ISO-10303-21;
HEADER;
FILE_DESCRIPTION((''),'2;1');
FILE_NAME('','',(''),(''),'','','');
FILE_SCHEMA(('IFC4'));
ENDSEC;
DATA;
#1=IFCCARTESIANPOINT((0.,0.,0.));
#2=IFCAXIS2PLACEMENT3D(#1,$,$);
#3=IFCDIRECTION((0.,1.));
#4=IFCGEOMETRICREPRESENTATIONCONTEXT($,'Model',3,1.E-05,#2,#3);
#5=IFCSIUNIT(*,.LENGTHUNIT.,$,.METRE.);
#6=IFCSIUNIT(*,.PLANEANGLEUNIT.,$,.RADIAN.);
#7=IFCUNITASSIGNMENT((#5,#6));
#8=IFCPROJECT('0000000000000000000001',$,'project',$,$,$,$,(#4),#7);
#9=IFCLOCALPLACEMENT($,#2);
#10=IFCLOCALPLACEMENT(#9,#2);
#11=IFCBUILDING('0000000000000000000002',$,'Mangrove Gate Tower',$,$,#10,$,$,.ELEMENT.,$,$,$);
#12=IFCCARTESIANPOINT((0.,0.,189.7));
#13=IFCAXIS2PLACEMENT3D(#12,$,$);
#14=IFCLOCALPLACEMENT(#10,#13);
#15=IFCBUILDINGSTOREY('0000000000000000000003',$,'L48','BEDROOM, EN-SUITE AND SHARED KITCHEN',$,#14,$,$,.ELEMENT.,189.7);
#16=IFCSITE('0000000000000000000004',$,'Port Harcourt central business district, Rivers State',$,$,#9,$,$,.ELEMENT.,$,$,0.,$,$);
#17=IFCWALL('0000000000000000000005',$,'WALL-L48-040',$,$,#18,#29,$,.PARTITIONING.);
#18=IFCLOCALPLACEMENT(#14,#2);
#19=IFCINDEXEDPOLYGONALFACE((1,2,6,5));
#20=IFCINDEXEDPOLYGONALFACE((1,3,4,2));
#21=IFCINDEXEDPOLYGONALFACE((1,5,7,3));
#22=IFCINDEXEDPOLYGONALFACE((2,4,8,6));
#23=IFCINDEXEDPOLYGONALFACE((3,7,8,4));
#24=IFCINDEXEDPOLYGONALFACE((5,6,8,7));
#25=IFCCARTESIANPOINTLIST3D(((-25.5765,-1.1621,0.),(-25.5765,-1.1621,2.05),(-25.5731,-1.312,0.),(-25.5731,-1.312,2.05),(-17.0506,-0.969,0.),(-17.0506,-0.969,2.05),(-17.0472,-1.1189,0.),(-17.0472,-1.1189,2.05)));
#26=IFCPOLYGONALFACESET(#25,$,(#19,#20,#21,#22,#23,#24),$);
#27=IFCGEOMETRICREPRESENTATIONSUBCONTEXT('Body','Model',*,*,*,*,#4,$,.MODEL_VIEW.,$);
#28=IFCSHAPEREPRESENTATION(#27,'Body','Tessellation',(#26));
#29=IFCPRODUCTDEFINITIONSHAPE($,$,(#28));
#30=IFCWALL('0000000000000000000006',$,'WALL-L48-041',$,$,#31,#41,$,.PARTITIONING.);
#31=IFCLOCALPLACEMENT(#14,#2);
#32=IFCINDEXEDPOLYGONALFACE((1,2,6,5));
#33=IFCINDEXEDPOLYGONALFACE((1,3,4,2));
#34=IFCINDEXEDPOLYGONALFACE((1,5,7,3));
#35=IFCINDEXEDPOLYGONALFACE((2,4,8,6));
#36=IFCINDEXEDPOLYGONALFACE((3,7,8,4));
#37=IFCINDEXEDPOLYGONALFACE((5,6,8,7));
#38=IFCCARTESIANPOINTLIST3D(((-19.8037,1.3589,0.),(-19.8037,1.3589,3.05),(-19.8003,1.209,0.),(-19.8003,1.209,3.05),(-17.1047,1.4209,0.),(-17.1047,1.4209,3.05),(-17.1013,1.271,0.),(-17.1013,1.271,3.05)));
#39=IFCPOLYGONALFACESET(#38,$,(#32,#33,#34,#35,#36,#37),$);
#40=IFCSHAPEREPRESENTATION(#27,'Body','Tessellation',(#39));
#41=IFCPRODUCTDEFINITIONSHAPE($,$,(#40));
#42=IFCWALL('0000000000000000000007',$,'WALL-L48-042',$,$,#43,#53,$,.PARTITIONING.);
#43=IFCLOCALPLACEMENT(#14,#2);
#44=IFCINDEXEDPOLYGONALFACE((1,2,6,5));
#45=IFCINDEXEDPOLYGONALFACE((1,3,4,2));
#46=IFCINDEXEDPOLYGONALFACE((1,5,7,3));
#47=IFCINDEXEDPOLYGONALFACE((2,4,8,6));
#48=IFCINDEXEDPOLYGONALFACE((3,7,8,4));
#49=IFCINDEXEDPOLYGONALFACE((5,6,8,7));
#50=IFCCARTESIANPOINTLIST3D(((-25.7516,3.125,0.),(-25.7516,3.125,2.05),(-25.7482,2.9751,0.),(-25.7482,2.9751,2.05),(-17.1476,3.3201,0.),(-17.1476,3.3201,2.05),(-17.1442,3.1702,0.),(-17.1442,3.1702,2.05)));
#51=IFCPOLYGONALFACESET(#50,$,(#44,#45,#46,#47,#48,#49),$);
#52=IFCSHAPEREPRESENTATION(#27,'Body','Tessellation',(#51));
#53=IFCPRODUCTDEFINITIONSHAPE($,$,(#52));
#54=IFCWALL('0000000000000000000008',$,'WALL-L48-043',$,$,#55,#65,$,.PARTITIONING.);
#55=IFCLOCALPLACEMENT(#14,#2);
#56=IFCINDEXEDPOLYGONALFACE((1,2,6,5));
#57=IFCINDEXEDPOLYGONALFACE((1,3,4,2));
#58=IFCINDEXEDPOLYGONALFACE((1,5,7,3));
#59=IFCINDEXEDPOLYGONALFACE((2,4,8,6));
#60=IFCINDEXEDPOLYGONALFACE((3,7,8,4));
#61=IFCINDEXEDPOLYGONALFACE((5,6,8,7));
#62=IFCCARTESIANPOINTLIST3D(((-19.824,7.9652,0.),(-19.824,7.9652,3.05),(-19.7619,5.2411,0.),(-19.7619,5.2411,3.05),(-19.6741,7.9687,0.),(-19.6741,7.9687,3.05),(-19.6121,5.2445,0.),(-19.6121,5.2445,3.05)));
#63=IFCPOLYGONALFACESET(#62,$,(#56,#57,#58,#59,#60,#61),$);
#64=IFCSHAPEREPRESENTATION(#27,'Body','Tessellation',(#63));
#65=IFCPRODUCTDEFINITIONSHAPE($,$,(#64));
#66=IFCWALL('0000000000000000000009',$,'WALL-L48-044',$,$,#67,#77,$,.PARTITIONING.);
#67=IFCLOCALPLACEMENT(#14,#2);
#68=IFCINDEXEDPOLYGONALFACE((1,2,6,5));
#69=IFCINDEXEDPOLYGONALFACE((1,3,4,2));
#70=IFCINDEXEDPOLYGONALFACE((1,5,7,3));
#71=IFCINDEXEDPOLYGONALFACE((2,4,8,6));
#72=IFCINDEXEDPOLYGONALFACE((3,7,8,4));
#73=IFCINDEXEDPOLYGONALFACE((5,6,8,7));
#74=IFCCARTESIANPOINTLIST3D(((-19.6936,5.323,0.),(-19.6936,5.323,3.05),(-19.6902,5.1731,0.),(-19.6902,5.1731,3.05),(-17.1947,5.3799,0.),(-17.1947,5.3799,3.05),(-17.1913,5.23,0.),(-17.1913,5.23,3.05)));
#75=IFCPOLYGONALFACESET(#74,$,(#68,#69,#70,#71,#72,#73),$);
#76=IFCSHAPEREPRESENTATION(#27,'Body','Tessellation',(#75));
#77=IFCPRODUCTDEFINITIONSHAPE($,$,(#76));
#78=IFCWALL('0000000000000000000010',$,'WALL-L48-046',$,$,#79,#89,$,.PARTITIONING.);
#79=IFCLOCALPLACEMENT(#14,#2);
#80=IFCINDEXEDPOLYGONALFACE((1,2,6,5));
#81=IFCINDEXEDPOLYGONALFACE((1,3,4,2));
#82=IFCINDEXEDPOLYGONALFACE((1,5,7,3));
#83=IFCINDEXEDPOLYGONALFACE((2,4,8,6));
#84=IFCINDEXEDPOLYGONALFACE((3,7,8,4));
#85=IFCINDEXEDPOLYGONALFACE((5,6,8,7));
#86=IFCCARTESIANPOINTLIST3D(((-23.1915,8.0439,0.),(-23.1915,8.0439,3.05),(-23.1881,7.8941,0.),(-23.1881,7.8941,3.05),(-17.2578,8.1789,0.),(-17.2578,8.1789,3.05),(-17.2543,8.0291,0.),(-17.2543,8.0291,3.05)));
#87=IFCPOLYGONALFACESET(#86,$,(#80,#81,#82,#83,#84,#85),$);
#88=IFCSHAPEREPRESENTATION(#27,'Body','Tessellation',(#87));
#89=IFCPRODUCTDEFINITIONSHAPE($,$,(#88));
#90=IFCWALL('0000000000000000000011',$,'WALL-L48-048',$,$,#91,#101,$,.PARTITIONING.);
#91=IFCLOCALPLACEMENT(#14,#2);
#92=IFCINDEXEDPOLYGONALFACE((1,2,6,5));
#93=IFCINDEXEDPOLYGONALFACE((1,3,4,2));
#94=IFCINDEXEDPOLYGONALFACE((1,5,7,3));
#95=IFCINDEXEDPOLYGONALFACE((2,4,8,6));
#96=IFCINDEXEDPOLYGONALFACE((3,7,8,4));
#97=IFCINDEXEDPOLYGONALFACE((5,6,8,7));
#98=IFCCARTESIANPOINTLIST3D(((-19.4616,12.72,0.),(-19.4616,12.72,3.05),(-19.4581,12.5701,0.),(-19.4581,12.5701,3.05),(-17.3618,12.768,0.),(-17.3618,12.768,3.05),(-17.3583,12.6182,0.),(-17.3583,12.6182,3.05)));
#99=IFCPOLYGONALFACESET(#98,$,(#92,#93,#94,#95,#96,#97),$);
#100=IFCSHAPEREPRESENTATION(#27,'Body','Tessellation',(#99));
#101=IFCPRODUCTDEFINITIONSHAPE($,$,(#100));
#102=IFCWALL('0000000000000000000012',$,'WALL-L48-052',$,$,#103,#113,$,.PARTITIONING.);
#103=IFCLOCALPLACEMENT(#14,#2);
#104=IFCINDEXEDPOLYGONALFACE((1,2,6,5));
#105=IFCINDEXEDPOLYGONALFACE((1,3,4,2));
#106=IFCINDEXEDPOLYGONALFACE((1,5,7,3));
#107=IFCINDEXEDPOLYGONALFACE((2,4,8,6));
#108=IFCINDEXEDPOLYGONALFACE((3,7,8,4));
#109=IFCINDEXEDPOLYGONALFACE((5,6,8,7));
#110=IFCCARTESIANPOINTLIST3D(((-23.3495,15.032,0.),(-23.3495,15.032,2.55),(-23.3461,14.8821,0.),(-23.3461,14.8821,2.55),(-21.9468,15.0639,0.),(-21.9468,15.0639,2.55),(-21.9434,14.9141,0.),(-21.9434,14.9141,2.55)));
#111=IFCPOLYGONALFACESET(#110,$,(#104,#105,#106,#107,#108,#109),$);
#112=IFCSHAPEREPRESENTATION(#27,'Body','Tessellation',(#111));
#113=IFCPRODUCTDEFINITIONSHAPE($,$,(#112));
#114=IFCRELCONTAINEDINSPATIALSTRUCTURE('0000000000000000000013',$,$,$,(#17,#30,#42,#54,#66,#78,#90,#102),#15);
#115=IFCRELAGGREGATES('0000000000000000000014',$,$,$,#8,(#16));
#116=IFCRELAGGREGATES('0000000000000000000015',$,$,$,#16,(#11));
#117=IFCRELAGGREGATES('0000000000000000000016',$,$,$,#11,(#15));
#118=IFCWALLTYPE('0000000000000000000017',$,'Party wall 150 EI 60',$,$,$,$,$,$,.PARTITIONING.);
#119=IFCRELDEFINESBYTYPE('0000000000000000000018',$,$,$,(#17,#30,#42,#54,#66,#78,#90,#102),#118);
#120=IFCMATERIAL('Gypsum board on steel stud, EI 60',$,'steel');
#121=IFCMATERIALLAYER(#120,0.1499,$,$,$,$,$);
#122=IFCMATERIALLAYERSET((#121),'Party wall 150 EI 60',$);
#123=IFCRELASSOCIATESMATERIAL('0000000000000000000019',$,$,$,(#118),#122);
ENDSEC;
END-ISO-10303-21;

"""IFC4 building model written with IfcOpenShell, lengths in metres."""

from ifc_helpers import new_model, si_unit, direction, frame, frame_2d, origin, place, context, subcontext, project, spatial, rectangle, extrude, material, layer, layer_set, type_object, element, save


model = new_model("IFC4")

# Units and contexts
model_context = context("Model", 3, precision=1e-05, world=origin(), true_north=direction((0.0, 1.0)))
body_context = subcontext(model_context, "Body", "Model", "MODEL_VIEW")
ifc_project = project(units=[si_unit("LENGTHUNIT", "METRE"), si_unit("PLANEANGLEUNIT", "RADIAN")], contexts=[model_context])

# Site, building, storey
site_placement = place(None, origin())
site = spatial("IfcSite", under=ifc_project, at=site_placement, Name="Port Harcourt central business district, Rivers State", CompositionType="ELEMENT", RefElevation=0.0)
building_placement = place(site_placement, origin())
building = spatial("IfcBuilding", under=site, at=building_placement, Name="Mangrove Gate Tower", CompositionType="ELEMENT")
storey_placement = place(building_placement, frame((0.0, 0.0, 189.7)))
storey = spatial("IfcBuildingStorey", under=building, at=storey_placement, Name="L48", Description="BEDROOM, EN-SUITE AND SHARED KITCHEN", CompositionType="ELEMENT", Elevation=189.7)

# Walls
ifc_material_1 = material(Name="Gypsum board on steel stud, EI 60", Category="steel")
ifc_layer_1 = layer(ifc_material_1, 0.1499)
ifc_layer_set_1 = layer_set([ifc_layer_1], Name="Party wall 150 EI 60")
wall_type_1 = type_object("IfcWallType", Name="Party wall 150 EI 60", PredefinedType="PARTITIONING", material=ifc_layer_set_1)
wall_1_placement = place(storey_placement, frame((-25.575, -1.2371, 0.0), z_axis=(0.0, 0.0, 1.0), x_axis=(0.999744, 0.022645, 0.0)))
element("IfcWall", 1, at=wall_1_placement, inside=storey, type_object=wall_type_1, Name="WALL-L48-040", PredefinedType="PARTITIONING", context=body_context, shape_type="SweptSolid", body=[
    extrude(rectangle(XDim=8.5281, YDim=0.1499, at=frame_2d((4.2642, 0.0))), origin(), (0.0, 0.0, 1.0), 2.05),
])
wall_2_placement = place(storey_placement, frame((-19.802, 1.2839, 0.0), z_axis=(0.0, 0.0, 1.0), x_axis=(0.999736, 0.02297, 0.0)))
element("IfcWall", 2, at=wall_2_placement, inside=storey, type_object=wall_type_1, Name="WALL-L48-041", PredefinedType="PARTITIONING", context=body_context, shape_type="SweptSolid", body=[
    extrude(rectangle(XDim=2.6997, YDim=0.1499, at=frame_2d((1.3499, 0.0))), origin(), (0.0, 0.0, 1.0), 3.05),
])
wall_3_placement = place(storey_placement, frame((-25.75, 3.05, 0.0), z_axis=(0.0, 0.0, 1.0), x_axis=(0.999743, 0.022666, 0.0)))
element("IfcWall", 3, at=wall_3_placement, inside=storey, type_object=wall_type_1, Name="WALL-L48-042", PredefinedType="PARTITIONING", context=body_context, shape_type="SweptSolid", body=[
    extrude(rectangle(XDim=8.6062, YDim=0.1499, at=frame_2d((4.3032, 0.0))), origin(), (0.0, 0.0, 1.0), 2.05),
])
wall_4_placement = place(storey_placement, frame((-19.687, 5.2429, 0.0), z_axis=(0.0, 0.0, 1.0), x_axis=(-0.022758, 0.999741, 0.0)))
element("IfcWall", 4, at=wall_4_placement, inside=storey, type_object=wall_type_1, Name="WALL-L48-043", PredefinedType="PARTITIONING", context=body_context, shape_type="SweptSolid", body=[
    extrude(rectangle(XDim=2.7249, YDim=0.1499, at=frame_2d((1.3623, 0.0))), origin(), (0.0, 0.0, 1.0), 3.05),
])
wall_5_placement = place(storey_placement, frame((-19.6919, 5.248, 0.0), z_axis=(0.0, 0.0, 1.0), x_axis=(0.999741, 0.022759, 0.0)))
element("IfcWall", 5, at=wall_5_placement, inside=storey, type_object=wall_type_1, Name="WALL-L48-044", PredefinedType="PARTITIONING", context=body_context, shape_type="SweptSolid", body=[
    extrude(rectangle(XDim=2.4995, YDim=0.1499, at=frame_2d((1.2498, 0.0))), origin(), (0.0, 0.0, 1.0), 3.05),
])
wall_6_placement = place(storey_placement, frame((-23.1899, 7.969, 0.0), z_axis=(0.0, 0.0, 1.0), x_axis=(0.999741, 0.022747, 0.0)))
element("IfcWall", 6, at=wall_6_placement, inside=storey, type_object=wall_type_1, Name="WALL-L48-046", PredefinedType="PARTITIONING", context=body_context, shape_type="SweptSolid", body=[
    extrude(rectangle(XDim=5.9353, YDim=0.1499, at=frame_2d((2.9678, 0.0))), origin(), (0.0, 0.0, 1.0), 3.05),
])
wall_7_placement = place(storey_placement, frame((-19.46, 12.645, 0.0), z_axis=(0.0, 0.0, 1.0), x_axis=(0.999738, 0.022898, 0.0)))
element("IfcWall", 7, at=wall_7_placement, inside=storey, type_object=wall_type_1, Name="WALL-L48-048", PredefinedType="PARTITIONING", context=body_context, shape_type="SweptSolid", body=[
    extrude(rectangle(XDim=2.1003, YDim=0.1499, at=frame_2d((1.0503, 0.0))), origin(), (0.0, 0.0, 1.0), 3.05),
])
wall_8_placement = place(storey_placement, frame((-23.3479, 14.957, 0.0), z_axis=(0.0, 0.0, 1.0), x_axis=(0.99974, 0.022793, 0.0)))
element("IfcWall", 8, at=wall_8_placement, inside=storey, type_object=wall_type_1, Name="WALL-L48-052", PredefinedType="PARTITIONING", context=body_context, shape_type="SweptSolid", body=[
    extrude(rectangle(XDim=1.4031, YDim=0.1499, at=frame_2d((0.7017, 0.0))), origin(), (0.0, 0.0, 1.0), 2.55),
])

save(model, "model.ifc")
